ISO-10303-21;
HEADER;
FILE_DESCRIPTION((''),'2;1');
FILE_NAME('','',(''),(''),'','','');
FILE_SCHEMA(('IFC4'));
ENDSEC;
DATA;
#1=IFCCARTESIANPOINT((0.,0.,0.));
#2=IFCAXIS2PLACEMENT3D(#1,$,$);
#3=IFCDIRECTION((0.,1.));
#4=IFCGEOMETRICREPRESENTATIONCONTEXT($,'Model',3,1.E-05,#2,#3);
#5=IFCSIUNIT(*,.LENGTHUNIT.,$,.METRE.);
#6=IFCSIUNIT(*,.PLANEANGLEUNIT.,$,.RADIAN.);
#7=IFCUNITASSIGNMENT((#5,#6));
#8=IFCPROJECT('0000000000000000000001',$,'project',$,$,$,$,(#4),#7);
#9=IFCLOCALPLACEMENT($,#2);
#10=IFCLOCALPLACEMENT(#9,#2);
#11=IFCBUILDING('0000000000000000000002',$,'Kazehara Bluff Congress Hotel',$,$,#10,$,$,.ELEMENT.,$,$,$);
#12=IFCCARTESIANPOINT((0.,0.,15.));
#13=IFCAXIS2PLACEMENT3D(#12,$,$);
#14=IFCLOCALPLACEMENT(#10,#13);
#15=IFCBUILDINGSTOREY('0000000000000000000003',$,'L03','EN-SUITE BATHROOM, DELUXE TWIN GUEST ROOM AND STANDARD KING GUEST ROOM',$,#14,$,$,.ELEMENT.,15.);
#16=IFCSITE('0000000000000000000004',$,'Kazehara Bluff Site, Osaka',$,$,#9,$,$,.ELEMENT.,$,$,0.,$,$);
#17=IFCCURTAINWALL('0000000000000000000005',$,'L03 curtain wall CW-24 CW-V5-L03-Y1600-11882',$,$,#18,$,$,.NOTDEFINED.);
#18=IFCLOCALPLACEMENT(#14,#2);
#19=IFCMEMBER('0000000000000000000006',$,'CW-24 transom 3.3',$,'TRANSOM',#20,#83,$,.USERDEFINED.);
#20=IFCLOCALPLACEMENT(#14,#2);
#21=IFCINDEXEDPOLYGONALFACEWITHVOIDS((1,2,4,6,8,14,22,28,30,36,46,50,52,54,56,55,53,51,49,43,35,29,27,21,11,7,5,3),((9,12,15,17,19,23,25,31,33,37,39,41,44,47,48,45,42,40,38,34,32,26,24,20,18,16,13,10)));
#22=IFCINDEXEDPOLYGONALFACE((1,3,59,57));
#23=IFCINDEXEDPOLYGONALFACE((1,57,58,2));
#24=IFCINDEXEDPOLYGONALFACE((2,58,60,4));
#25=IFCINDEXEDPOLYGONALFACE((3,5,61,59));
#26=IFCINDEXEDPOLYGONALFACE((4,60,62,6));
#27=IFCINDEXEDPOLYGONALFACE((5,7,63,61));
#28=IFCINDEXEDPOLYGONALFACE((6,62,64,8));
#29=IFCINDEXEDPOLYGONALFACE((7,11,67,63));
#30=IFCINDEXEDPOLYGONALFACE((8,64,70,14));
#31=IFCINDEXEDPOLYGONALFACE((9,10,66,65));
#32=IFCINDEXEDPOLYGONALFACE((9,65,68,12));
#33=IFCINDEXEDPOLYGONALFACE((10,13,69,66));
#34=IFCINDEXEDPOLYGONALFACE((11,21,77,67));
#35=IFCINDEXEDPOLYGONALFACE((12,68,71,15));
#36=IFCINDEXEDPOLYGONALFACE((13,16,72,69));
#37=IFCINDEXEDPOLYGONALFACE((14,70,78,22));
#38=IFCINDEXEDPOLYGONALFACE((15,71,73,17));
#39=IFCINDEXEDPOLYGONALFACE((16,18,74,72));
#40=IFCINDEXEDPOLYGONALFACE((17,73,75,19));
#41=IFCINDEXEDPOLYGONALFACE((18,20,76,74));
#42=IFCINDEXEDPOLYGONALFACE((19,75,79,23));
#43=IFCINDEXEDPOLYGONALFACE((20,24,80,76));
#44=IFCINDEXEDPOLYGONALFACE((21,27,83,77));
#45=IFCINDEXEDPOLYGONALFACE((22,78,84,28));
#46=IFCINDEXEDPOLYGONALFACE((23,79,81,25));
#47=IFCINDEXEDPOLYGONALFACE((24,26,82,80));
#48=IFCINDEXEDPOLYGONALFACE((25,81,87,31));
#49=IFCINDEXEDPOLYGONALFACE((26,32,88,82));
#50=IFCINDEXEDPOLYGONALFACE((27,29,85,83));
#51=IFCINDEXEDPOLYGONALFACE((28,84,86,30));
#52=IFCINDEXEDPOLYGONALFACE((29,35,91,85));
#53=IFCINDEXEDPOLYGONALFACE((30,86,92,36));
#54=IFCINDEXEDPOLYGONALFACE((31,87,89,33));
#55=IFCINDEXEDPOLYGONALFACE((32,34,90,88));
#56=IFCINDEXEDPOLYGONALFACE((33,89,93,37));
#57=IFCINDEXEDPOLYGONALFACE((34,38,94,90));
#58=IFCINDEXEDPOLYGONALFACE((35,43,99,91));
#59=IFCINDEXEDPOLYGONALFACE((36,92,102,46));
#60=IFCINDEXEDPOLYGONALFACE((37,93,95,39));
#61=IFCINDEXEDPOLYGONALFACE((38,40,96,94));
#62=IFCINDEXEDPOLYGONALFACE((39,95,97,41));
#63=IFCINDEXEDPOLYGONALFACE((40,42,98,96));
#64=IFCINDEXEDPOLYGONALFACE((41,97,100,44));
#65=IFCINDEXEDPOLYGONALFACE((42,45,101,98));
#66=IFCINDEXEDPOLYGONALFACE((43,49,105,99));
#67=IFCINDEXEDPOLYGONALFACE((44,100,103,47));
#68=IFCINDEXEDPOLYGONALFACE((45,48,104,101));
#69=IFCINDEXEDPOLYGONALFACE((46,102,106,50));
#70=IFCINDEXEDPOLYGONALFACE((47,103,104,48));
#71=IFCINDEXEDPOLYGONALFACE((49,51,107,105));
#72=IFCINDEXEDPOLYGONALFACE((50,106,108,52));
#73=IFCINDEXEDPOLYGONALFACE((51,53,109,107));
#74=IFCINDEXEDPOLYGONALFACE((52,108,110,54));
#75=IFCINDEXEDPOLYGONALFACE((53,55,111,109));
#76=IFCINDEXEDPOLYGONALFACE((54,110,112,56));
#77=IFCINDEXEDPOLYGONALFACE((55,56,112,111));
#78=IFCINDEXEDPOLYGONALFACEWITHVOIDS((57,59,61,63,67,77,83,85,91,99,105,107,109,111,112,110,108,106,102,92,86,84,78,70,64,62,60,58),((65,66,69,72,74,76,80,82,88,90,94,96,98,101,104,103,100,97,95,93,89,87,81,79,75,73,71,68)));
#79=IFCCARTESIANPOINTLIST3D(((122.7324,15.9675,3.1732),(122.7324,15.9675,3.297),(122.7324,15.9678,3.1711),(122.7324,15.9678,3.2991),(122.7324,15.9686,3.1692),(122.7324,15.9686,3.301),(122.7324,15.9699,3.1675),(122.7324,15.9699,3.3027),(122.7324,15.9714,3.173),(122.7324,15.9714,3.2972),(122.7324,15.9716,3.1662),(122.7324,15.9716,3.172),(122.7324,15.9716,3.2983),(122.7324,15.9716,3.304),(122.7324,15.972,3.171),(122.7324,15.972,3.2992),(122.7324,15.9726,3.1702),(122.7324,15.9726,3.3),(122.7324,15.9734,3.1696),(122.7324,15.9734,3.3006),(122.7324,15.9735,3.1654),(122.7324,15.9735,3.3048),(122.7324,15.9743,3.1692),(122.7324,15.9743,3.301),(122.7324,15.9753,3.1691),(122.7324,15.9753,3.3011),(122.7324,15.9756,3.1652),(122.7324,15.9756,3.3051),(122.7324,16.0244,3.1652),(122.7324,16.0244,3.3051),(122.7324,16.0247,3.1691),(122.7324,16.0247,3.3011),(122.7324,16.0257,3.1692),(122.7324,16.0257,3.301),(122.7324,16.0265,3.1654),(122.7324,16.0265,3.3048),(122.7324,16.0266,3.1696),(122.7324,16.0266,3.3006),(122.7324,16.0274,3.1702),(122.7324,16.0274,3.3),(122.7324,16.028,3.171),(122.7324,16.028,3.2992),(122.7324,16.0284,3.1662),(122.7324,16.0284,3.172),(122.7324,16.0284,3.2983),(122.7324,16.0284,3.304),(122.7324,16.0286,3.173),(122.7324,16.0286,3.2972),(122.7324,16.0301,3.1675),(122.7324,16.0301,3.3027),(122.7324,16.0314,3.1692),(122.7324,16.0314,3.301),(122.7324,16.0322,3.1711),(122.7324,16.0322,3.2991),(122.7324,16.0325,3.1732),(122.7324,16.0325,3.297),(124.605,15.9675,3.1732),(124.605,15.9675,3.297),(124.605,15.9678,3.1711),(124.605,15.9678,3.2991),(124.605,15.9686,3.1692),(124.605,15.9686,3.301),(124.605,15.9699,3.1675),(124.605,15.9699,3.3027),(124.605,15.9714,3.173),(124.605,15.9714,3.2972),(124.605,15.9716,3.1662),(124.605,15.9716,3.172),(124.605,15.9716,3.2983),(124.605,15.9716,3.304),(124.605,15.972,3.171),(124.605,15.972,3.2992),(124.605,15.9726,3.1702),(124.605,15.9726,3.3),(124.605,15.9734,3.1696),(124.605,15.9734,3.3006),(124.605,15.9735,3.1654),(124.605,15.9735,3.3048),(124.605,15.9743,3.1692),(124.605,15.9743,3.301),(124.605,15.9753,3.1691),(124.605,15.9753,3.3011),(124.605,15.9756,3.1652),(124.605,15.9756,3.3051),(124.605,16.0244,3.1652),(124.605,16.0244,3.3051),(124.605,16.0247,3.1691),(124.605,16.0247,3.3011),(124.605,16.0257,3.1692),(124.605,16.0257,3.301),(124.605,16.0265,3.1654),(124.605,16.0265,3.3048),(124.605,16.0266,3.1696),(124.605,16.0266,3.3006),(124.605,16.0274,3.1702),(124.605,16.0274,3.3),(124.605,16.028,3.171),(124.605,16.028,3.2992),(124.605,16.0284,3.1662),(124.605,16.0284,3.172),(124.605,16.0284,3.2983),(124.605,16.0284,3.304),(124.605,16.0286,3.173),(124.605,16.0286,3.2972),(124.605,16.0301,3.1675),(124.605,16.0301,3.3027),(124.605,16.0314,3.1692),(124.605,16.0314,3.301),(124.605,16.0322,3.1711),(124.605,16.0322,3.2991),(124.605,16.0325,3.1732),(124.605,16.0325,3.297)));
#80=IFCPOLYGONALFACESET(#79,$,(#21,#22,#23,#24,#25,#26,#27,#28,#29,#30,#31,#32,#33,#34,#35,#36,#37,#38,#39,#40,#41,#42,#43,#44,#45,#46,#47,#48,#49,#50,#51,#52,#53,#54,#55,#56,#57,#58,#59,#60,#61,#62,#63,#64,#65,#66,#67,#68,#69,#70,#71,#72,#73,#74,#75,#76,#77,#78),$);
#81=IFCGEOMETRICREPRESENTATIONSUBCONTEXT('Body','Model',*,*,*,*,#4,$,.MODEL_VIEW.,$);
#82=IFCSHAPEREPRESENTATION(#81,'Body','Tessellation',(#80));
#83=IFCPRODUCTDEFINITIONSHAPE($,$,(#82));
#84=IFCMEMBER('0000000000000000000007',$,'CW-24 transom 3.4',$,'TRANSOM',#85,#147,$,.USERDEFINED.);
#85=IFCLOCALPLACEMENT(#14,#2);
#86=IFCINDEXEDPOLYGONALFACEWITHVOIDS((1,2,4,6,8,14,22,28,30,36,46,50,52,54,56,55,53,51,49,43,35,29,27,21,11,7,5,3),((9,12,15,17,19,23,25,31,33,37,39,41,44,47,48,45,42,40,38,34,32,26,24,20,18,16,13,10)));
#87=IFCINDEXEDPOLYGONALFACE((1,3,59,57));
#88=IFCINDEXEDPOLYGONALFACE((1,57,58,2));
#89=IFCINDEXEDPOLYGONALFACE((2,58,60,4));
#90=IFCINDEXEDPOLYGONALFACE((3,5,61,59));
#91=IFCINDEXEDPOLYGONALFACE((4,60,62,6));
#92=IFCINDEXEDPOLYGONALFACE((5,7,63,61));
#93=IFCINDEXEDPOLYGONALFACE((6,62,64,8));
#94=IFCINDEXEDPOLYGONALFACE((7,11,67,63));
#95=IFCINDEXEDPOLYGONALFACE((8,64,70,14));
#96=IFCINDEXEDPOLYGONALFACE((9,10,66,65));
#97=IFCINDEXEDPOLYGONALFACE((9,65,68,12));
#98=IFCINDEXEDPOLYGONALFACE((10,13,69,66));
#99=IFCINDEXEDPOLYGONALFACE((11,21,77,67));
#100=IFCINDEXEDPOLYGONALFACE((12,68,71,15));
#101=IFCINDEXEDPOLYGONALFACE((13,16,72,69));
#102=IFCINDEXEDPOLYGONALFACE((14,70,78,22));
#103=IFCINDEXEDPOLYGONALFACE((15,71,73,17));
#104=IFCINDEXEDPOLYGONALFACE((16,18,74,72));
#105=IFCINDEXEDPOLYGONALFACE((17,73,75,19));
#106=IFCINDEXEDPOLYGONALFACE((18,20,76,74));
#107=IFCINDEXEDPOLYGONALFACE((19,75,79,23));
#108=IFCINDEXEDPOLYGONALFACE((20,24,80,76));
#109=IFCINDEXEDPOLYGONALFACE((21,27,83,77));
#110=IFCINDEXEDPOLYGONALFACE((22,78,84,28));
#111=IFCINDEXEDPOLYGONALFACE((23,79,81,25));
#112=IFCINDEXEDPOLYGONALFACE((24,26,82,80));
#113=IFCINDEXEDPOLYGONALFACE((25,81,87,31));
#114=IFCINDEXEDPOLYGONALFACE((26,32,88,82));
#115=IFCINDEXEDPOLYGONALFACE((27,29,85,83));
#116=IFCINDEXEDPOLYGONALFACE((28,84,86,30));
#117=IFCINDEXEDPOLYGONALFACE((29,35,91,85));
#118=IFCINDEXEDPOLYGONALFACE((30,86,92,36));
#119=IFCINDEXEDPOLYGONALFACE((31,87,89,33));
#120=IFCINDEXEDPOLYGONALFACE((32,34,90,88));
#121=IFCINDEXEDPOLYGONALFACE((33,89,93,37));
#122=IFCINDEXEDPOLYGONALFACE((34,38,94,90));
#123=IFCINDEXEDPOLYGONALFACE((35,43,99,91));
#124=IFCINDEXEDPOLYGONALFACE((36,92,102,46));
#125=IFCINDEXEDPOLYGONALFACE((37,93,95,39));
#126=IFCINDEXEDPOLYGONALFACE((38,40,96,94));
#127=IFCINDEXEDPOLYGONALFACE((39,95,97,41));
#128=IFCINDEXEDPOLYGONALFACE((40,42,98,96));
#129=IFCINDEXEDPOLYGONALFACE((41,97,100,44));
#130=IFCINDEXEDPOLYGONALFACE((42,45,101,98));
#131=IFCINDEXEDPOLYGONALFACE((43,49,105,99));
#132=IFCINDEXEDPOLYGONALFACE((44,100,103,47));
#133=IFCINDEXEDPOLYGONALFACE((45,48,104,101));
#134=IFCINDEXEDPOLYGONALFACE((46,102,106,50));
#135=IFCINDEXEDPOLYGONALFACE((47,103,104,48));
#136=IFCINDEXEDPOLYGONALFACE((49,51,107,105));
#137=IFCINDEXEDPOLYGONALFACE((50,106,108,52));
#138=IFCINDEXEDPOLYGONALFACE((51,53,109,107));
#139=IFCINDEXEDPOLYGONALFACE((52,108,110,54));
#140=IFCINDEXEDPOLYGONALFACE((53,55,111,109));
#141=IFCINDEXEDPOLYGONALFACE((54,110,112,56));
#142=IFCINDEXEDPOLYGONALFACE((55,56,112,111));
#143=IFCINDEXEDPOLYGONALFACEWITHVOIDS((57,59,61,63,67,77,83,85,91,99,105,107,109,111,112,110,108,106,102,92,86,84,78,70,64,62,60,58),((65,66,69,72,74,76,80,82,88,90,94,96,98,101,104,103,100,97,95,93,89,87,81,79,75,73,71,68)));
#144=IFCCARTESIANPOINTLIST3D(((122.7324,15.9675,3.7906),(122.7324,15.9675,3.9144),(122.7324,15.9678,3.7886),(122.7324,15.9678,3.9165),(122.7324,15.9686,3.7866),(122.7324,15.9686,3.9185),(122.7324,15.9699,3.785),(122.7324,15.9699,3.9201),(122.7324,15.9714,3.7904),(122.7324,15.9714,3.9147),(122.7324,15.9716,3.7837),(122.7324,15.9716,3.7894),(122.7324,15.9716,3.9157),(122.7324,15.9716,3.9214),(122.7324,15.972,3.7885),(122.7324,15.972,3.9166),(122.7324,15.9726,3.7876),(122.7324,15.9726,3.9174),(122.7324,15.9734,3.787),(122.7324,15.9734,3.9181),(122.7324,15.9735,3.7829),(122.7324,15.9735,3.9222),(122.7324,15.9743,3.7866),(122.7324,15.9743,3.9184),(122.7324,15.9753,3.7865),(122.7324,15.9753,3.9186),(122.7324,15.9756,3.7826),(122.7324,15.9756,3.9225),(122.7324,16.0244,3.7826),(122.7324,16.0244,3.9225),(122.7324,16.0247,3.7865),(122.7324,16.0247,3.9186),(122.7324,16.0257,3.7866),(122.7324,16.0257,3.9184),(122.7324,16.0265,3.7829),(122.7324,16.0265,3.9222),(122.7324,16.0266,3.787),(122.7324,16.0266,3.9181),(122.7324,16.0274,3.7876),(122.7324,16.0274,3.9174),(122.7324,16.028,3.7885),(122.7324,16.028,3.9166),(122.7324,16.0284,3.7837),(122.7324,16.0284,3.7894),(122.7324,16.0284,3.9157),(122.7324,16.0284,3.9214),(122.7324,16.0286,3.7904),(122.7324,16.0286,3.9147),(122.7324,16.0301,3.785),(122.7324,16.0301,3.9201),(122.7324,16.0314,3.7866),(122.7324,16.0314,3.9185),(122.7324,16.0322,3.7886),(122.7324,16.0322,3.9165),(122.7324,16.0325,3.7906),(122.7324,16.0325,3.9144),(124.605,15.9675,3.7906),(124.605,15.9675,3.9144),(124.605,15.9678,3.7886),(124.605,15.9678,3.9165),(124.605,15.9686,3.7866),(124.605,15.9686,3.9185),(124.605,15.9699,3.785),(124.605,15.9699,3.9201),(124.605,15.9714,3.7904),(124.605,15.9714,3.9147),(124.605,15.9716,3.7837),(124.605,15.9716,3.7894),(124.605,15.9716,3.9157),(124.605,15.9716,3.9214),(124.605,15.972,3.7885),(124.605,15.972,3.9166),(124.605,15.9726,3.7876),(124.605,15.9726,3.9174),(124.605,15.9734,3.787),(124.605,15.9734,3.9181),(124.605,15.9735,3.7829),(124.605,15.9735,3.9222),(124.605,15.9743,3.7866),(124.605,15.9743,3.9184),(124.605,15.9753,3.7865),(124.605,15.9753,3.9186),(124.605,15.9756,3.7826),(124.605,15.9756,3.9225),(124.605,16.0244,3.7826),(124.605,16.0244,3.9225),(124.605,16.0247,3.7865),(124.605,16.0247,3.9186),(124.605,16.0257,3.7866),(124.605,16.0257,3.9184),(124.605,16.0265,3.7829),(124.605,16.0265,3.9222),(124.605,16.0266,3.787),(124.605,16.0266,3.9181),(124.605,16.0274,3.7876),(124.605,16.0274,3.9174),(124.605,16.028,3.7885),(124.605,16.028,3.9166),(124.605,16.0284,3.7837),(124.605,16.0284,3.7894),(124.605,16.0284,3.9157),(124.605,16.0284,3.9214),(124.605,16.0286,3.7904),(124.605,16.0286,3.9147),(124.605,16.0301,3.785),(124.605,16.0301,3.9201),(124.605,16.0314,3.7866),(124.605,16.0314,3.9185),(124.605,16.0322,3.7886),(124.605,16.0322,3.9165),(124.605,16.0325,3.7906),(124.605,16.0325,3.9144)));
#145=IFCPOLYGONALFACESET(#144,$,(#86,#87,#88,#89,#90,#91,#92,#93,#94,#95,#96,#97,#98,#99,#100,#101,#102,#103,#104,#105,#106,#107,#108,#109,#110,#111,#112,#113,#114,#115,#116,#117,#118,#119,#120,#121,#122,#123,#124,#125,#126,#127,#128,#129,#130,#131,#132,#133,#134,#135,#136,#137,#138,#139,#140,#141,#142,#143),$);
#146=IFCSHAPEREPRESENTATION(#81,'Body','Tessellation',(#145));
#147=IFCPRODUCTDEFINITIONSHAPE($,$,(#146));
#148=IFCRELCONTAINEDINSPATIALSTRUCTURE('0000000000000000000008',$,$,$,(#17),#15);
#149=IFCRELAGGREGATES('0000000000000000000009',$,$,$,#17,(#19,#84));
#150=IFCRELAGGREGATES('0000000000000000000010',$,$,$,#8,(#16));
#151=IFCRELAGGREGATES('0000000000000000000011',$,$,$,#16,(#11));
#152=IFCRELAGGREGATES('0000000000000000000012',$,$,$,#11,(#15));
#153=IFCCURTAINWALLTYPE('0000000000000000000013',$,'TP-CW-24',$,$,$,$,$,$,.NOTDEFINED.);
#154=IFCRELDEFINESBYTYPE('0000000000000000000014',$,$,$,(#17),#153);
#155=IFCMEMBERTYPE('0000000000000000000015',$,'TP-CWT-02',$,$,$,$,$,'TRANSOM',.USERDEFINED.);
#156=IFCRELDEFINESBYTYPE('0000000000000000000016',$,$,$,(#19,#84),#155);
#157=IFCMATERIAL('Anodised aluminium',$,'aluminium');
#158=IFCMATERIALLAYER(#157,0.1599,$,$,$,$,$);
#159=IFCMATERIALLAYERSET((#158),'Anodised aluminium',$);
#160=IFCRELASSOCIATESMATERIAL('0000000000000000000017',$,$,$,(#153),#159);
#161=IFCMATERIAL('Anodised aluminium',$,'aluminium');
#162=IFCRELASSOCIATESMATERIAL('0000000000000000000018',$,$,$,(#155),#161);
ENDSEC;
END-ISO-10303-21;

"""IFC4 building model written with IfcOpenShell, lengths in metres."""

from ifc_helpers import new_model, si_unit, direction, frame, origin, origin_2d, place, context, subcontext, project, spatial, hollow_rectangle, extrude, material, layer, layer_set, material_profile, profile_set, type_object, element, aggregate, save


model = new_model("IFC4")

# Units and contexts
model_context = context("Model", 3, precision=1e-05, world=origin(), true_north=direction((0.0, 1.0)))
body_context = subcontext(model_context, "Body", "Model", "MODEL_VIEW")
ifc_project = project(units=[si_unit("LENGTHUNIT", "METRE"), si_unit("PLANEANGLEUNIT", "RADIAN")], contexts=[model_context])

# Site, building, storey
site_placement = place(None, origin())
site = spatial("IfcSite", under=ifc_project, at=site_placement, Name="Kazehara Bluff Site, Osaka", CompositionType="ELEMENT", RefElevation=0.0)
building_placement = place(site_placement, origin())
building = spatial("IfcBuilding", under=site, at=building_placement, Name="Kazehara Bluff Congress Hotel", CompositionType="ELEMENT")
storey_placement = place(building_placement, frame((0.0, 0.0, 15.0)))
storey = spatial("IfcBuildingStorey", under=building, at=storey_placement, Name="L03", Description="EN-SUITE BATHROOM, DELUXE TWIN GUEST ROOM AND STANDARD KING GUEST ROOM", CompositionType="ELEMENT", Elevation=15.0)

# Curtain wall
ifc_material_1 = material(Name="Anodised aluminium", Category="aluminium")
ifc_layer_1 = layer(ifc_material_1, 0.1599)
ifc_layer_set_1 = layer_set([ifc_layer_1], Name="Anodised aluminium")
curtain_wall_type = type_object("IfcCurtainWallType", Name="TP-CW-24", PredefinedType="NOTDEFINED", material=ifc_layer_set_1)
curtain_wall_1_placement = place(storey_placement, origin())
curtain_wall_1 = element("IfcCurtainWall", 1, at=curtain_wall_1_placement, inside=storey, type_object=curtain_wall_type, Name="L03 curtain wall CW-24 CW-V5-L03-Y1600-11882", PredefinedType="NOTDEFINED")

# Members
ifc_material_2 = material(Name="Anodised aluminium", Category="aluminium")
ifc_material_profile_1 = material_profile(ifc_material_2, hollow_rectangle(XDim=0.0649, YDim=0.1399, WallThickness=0.0039, InnerFilletRadius=0.0039, OuterFilletRadius=0.0081, at=origin_2d()))
ifc_profile_set_1 = profile_set([ifc_material_profile_1], Name="Anodised aluminium")
member_type_1 = type_object("IfcMemberType", Name="TP-CWT-02", ElementType="TRANSOM", PredefinedType="USERDEFINED", material=ifc_profile_set_1)
member_1_placement = place(storey_placement, frame((122.7324, 16.0, 3.2351), z_axis=(1.0, 0.0, 0.0), x_axis=(0.0, 1.0, 0.0)))
member_1 = element("IfcMember", 2, at=member_1_placement, type_object=member_type_1, Name="CW-24 transom 3.3", ObjectType="TRANSOM", PredefinedType="USERDEFINED", context=body_context, shape_type="SweptSolid", body=[
    extrude(hollow_rectangle(XDim=0.0649, YDim=0.1399, WallThickness=0.0039, InnerFilletRadius=0.0039, OuterFilletRadius=0.0081, at=origin_2d()), origin(), (0.0, 0.0, 1.0), 1.8726),
])
member_2_placement = place(storey_placement, frame((122.7324, 16.0, 3.8525), z_axis=(1.0, 0.0, 0.0), x_axis=(0.0, 1.0, 0.0)))
member_2 = element("IfcMember", 3, at=member_2_placement, type_object=member_type_1, Name="CW-24 transom 3.4", ObjectType="TRANSOM", PredefinedType="USERDEFINED", context=body_context, shape_type="SweptSolid", body=[
    extrude(hollow_rectangle(XDim=0.0649, YDim=0.1399, WallThickness=0.0039, InnerFilletRadius=0.0039, OuterFilletRadius=0.0081, at=origin_2d()), origin(), (0.0, 0.0, 1.0), 1.8726),
])

aggregate(curtain_wall_1, [member_1, member_2])

save(model, "model.ifc")
